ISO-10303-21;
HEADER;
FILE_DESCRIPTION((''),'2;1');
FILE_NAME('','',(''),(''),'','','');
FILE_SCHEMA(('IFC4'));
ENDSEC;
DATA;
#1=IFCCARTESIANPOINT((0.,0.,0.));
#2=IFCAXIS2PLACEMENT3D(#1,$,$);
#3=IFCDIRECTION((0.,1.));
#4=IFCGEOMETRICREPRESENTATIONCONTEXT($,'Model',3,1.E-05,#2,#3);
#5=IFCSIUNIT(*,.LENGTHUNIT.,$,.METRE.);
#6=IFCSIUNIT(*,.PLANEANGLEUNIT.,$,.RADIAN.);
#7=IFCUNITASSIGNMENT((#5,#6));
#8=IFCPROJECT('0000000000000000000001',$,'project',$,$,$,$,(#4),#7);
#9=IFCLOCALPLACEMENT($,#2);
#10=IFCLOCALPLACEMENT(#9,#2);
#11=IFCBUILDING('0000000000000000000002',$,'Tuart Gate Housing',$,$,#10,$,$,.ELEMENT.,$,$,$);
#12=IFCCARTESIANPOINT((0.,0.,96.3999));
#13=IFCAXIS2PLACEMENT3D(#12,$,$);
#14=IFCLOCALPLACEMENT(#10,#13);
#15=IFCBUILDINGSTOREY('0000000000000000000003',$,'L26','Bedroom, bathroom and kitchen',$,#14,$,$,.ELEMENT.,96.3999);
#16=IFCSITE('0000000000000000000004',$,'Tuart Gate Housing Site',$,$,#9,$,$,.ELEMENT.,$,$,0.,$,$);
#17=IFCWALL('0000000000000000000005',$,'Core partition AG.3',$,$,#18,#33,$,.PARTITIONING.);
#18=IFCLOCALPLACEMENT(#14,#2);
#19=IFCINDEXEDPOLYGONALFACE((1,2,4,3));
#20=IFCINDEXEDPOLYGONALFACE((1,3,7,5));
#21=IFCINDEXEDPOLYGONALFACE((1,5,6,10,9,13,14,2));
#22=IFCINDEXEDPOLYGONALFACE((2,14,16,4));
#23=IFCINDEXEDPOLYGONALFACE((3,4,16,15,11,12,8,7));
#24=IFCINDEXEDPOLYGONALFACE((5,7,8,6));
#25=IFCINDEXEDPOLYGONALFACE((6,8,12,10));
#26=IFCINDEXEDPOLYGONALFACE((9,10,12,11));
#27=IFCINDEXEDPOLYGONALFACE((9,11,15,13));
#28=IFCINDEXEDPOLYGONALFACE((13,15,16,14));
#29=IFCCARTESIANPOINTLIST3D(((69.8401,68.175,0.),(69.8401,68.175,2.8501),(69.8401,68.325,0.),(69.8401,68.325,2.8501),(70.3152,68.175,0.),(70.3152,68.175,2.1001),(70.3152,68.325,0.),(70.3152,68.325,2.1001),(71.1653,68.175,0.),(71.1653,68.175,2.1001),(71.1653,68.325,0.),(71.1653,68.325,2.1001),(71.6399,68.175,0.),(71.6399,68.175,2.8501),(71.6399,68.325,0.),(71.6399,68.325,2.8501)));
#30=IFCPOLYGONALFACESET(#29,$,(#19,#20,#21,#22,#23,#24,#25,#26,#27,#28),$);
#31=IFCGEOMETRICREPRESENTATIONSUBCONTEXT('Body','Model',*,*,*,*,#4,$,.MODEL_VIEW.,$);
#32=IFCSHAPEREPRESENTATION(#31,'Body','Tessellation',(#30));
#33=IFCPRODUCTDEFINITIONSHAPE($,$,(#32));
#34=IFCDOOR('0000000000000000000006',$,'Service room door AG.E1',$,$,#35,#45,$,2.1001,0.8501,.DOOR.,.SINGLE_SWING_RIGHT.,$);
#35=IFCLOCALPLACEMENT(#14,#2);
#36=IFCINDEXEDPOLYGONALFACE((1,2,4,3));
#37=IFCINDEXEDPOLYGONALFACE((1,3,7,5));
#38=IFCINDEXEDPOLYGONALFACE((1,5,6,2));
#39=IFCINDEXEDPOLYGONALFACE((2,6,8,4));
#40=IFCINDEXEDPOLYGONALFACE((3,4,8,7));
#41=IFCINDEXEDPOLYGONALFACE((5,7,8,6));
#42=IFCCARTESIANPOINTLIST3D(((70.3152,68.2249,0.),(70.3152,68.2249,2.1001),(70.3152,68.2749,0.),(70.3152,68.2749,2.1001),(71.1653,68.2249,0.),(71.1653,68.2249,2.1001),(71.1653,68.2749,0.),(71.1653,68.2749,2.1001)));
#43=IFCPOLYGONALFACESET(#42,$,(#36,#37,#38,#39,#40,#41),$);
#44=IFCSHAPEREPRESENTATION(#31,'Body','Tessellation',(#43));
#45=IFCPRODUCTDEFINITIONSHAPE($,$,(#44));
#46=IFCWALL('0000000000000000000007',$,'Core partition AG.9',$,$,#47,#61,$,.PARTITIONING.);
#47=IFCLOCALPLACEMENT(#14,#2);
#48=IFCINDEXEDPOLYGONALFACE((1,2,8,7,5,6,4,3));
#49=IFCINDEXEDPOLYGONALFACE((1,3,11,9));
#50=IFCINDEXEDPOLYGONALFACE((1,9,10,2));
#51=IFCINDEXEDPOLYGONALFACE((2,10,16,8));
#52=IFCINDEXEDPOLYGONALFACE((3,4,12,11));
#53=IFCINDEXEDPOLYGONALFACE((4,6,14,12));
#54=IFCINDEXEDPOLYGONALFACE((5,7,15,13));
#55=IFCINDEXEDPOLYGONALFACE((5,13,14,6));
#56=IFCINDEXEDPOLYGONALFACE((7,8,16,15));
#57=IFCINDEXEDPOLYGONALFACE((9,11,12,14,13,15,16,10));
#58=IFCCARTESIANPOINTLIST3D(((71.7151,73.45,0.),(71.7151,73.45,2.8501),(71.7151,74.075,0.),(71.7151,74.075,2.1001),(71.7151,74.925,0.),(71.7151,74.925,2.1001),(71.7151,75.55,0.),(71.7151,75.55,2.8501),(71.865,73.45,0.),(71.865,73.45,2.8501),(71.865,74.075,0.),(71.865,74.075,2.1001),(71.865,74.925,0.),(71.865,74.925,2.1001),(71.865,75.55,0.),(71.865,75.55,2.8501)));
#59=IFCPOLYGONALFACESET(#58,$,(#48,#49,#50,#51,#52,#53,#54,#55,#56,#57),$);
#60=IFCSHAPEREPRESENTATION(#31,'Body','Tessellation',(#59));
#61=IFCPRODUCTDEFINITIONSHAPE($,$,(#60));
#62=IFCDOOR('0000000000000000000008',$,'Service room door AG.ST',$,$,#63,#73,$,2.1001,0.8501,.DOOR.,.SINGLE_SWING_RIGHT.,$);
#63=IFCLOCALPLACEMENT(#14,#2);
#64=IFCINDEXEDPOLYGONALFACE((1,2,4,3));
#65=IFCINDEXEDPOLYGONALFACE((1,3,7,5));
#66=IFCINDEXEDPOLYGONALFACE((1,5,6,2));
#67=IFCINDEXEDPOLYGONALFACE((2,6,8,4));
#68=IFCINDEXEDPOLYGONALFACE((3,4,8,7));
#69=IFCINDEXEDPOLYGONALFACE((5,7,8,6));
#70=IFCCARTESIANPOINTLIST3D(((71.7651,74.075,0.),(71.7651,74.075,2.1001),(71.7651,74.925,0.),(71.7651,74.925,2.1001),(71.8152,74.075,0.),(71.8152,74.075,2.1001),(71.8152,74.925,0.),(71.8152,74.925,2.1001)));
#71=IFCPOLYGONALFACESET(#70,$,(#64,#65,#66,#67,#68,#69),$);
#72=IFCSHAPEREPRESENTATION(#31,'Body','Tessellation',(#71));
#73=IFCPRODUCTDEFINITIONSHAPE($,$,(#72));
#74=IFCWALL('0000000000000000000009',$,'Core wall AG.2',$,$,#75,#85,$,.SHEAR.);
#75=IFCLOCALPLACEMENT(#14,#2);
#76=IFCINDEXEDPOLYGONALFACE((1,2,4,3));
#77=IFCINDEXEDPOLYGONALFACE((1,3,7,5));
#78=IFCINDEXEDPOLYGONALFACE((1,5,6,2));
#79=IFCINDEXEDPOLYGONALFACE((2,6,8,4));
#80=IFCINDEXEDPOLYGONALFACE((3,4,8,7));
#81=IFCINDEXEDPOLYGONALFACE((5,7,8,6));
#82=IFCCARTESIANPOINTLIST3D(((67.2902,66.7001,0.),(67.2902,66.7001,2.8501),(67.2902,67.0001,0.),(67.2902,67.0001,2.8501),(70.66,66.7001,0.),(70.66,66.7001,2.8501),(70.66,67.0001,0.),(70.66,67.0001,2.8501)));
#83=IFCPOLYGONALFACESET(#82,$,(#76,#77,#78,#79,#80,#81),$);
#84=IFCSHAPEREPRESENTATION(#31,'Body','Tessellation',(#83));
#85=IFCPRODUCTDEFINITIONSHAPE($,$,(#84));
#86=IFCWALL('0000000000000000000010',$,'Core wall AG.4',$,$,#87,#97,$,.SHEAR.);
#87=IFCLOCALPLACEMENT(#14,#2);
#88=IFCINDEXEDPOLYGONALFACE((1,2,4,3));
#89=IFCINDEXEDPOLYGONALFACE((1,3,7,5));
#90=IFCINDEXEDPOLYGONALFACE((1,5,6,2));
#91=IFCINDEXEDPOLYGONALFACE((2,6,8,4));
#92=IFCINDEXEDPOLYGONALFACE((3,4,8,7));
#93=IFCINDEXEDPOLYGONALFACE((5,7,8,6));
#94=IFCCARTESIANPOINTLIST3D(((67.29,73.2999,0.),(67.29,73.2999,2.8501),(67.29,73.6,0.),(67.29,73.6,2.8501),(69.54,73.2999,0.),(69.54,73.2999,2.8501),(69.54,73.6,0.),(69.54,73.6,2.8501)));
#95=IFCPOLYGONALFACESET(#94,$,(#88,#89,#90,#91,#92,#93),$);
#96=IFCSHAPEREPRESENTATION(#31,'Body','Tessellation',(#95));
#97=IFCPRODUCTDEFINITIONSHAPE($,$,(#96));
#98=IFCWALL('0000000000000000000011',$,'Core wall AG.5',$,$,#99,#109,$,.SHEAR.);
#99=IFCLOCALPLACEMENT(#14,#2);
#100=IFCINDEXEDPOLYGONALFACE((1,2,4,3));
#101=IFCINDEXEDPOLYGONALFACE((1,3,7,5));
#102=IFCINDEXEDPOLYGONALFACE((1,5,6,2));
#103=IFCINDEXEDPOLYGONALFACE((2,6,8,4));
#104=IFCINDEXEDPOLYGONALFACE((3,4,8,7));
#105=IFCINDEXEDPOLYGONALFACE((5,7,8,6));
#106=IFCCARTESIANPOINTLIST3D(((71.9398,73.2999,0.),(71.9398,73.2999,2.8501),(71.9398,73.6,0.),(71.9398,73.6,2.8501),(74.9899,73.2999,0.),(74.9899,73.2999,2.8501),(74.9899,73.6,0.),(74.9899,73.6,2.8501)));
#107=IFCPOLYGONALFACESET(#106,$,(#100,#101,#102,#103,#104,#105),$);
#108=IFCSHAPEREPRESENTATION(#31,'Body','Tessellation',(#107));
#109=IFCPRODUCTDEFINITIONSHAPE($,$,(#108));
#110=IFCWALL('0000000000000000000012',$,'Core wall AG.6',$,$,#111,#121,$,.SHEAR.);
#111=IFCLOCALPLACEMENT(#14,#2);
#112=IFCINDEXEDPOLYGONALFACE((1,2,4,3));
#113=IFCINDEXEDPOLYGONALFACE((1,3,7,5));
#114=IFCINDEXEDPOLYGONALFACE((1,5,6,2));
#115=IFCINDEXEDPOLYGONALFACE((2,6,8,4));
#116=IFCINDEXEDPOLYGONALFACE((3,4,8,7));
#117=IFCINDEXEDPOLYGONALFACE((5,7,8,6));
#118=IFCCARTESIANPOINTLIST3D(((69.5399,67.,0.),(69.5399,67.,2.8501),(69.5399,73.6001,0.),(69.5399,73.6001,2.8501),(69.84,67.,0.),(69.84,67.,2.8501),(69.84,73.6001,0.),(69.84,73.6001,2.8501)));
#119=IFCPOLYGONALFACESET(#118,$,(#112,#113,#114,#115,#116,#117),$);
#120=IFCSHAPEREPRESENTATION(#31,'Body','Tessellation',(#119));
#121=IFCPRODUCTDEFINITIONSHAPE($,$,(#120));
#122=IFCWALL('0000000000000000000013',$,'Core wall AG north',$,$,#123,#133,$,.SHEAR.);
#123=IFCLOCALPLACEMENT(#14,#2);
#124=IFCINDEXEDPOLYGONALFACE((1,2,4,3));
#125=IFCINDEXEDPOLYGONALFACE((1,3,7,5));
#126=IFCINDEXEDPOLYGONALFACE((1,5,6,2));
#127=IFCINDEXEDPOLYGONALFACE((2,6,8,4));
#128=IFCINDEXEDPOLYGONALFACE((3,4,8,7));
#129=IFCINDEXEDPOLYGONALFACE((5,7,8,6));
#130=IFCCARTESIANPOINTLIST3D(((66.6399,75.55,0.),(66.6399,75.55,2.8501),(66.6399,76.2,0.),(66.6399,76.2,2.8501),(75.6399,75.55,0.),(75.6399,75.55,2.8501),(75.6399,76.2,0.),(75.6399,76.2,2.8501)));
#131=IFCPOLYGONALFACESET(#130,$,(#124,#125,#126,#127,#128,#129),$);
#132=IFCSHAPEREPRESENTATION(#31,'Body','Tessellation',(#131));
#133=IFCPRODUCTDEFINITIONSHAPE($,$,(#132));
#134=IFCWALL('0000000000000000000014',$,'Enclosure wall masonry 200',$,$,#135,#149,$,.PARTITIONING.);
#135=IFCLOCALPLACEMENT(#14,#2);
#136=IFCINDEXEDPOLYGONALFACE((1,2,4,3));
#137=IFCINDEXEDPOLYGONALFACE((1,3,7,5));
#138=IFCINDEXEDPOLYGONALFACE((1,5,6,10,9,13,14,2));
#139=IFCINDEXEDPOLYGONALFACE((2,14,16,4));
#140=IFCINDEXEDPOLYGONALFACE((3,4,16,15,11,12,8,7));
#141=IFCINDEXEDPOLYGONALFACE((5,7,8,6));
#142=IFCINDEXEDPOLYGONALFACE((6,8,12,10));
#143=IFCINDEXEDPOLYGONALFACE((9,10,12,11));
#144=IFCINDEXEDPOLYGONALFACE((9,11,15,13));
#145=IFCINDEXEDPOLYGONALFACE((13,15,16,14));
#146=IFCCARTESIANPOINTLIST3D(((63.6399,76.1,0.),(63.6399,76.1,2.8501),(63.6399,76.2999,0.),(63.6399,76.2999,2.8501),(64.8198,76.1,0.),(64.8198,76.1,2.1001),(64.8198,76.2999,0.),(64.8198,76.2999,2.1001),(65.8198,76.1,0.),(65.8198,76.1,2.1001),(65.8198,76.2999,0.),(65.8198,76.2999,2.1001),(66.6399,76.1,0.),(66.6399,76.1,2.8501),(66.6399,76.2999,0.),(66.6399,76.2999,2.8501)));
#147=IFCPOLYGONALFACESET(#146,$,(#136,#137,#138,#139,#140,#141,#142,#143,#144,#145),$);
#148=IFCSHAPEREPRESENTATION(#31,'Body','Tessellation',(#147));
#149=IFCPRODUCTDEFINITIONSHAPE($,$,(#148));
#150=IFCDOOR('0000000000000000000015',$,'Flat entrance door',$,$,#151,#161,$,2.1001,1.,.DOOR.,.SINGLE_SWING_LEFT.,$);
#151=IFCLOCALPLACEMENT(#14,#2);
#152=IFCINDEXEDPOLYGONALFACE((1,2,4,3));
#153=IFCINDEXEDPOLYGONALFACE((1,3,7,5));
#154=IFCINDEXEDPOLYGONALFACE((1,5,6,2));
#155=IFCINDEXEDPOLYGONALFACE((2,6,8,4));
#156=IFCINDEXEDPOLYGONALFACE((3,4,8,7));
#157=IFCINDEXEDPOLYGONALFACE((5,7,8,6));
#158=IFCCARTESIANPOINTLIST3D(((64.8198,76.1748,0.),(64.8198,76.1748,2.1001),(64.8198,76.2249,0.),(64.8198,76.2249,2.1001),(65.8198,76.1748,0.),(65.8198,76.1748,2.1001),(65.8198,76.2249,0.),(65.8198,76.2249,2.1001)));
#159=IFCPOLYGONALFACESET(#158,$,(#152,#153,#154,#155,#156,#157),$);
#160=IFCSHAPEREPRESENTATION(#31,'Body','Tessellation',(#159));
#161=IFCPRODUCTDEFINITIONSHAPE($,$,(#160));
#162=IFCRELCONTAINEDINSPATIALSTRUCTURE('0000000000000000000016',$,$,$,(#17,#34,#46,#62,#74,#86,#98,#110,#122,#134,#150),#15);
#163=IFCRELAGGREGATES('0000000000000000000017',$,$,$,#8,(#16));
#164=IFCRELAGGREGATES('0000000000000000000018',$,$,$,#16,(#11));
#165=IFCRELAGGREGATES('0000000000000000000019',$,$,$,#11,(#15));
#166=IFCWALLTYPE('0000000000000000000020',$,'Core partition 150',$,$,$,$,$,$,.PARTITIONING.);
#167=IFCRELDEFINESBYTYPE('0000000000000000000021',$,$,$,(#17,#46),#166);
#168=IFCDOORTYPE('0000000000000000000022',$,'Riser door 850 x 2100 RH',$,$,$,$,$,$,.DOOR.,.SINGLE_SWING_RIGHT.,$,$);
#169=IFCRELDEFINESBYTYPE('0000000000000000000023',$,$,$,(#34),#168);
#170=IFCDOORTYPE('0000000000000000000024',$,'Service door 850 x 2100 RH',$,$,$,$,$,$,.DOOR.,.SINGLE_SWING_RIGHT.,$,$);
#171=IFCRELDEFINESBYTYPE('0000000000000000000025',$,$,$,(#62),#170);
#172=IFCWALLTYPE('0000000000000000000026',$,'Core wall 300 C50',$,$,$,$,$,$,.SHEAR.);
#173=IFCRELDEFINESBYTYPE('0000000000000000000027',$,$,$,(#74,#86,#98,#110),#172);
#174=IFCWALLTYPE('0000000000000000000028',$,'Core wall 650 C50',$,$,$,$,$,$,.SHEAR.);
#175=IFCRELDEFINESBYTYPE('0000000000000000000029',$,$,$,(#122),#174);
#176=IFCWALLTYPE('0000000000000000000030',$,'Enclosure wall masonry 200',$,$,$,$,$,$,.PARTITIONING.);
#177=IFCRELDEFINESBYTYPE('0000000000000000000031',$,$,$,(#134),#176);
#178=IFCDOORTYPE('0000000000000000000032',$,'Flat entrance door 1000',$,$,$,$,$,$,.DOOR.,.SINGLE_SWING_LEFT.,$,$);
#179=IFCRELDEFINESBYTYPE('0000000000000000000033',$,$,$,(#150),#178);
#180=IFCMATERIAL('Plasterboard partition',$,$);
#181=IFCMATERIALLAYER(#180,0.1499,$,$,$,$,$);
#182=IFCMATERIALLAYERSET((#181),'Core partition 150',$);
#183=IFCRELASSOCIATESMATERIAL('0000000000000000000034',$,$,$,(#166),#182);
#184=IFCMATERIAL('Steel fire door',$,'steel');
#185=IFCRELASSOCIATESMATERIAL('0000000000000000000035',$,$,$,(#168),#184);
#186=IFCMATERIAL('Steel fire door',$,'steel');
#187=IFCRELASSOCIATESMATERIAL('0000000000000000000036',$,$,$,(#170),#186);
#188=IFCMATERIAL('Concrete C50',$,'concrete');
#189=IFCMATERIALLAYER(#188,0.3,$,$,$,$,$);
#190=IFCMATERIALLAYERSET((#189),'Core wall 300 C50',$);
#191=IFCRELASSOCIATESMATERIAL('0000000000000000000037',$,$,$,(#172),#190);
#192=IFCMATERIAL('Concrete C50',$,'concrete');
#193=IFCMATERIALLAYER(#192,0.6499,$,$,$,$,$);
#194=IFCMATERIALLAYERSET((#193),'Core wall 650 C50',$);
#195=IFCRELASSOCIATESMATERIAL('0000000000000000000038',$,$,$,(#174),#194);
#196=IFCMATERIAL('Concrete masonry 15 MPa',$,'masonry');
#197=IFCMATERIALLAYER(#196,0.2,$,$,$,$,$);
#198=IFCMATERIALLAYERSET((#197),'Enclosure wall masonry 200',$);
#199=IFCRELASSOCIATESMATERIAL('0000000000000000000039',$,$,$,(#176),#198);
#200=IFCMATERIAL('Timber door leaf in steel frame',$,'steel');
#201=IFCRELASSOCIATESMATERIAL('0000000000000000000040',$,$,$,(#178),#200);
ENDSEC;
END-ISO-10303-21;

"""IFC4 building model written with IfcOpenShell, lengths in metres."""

from ifc_helpers import new_model, si_unit, direction, frame, frame_2d, origin, place, context, subcontext, project, spatial, rectangle, extrude, material, layer, layer_set, type_object, element, fill, save


model = new_model("IFC4")

# Units and contexts
model_context = context("Model", 3, precision=1e-05, world=origin(), true_north=direction((0.0, 1.0)))
body_context = subcontext(model_context, "Body", "Model", "MODEL_VIEW")
ifc_project = project(units=[si_unit("LENGTHUNIT", "METRE"), si_unit("PLANEANGLEUNIT", "RADIAN")], contexts=[model_context])

# Site, building, storey
site_placement = place(None, origin())
site = spatial("IfcSite", under=ifc_project, at=site_placement, Name="Tuart Gate Housing Site", CompositionType="ELEMENT", RefElevation=0.0)
building_placement = place(site_placement, origin())
building = spatial("IfcBuilding", under=site, at=building_placement, Name="Tuart Gate Housing", CompositionType="ELEMENT")
storey_placement = place(building_placement, frame((0.0, 0.0, 96.3999)))
storey = spatial("IfcBuildingStorey", under=building, at=storey_placement, Name="L26", Description="Bedroom, bathroom and kitchen", CompositionType="ELEMENT", Elevation=96.3999)

# Walls, openings, doors
ifc_material_1 = material(Name="Plasterboard partition")
ifc_layer_1 = layer(ifc_material_1, 0.1499)
ifc_layer_set_1 = layer_set([ifc_layer_1], Name="Core partition 150")
wall_type_1 = type_object("IfcWallType", Name="Core partition 150", PredefinedType="PARTITIONING", material=ifc_layer_set_1)
wall_1_placement = place(storey_placement, frame((69.8401, 68.25, 0.0), z_axis=(0.0, 0.0, 1.0), x_axis=(1.0, 0.0, 0.0)))
wall_1 = element("IfcWall", 1, at=wall_1_placement, inside=storey, type_object=wall_type_1, Name="Core partition AG.3", PredefinedType="PARTITIONING", context=body_context, shape_type="SweptSolid", body=[
    extrude(rectangle(XDim=1.7998, YDim=0.1499, at=frame_2d((0.8999, 0.0))), origin(), (0.0, 0.0, 1.0), 2.8501),
])
opening_1_placement = place(wall_1_placement, frame((0.4751, 0.0, 0.0)))
opening_1 = element("IfcOpeningElement", 2, at=opening_1_placement, cuts=wall_1, PredefinedType="OPENING", context=body_context, shape_type="SweptSolid", body=[
    extrude(rectangle(XDim=0.8501, YDim=2.1001, at=frame_2d((0.425, 1.05))), frame((0.0, 0.085, 0.0), z_axis=(0.0, -1.0, 0.0), x_axis=(1.0, 0.0, 0.0)), (0.0, 0.0, 1.0), 0.1699),
])
ifc_material_2 = material(Name="Steel fire door", Category="steel")
door_type_1 = type_object("IfcDoorType", Name="Riser door 850 x 2100 RH", OperationType="SINGLE_SWING_RIGHT", PredefinedType="DOOR", material=ifc_material_2)
door_1_placement = place(opening_1_placement, frame((0.8501, 0.0, 0.0), z_axis=(0.0, 0.0, 1.0), x_axis=(-1.0, 0.0, 0.0)))
door_1 = element("IfcDoor", 3, at=door_1_placement, inside=storey, type_object=door_type_1, Name="Service room door AG.E1", OperationType="SINGLE_SWING_RIGHT", OverallHeight=2.1001, OverallWidth=0.8501, PredefinedType="DOOR", context=body_context, shape_type="SweptSolid", body=[
    extrude(rectangle(XDim=0.8501, YDim=2.1001, at=frame_2d((0.425, 1.05))), frame((0.0, 0.0251, 0.0), z_axis=(0.0, -1.0, 0.0), x_axis=(1.0, 0.0, 0.0)), (0.0, 0.0, 1.0), 0.05),
])
fill(opening_1, door_1)
wall_2_placement = place(storey_placement, frame((71.79, 73.45, 0.0), z_axis=(0.0, 0.0, 1.0), x_axis=(0.0, 1.0, 0.0)))
wall_2 = element("IfcWall", 4, at=wall_2_placement, inside=storey, type_object=wall_type_1, Name="Core partition AG.9", PredefinedType="PARTITIONING", context=body_context, shape_type="SweptSolid", body=[
    extrude(rectangle(XDim=2.1001, YDim=0.1499, at=frame_2d((1.05, 0.0))), origin(), (0.0, 0.0, 1.0), 2.8501),
])
opening_2_placement = place(wall_2_placement, frame((0.625, 0.0, 0.0)))
opening_2 = element("IfcOpeningElement", 5, at=opening_2_placement, cuts=wall_2, PredefinedType="OPENING", context=body_context, shape_type="SweptSolid", body=[
    extrude(rectangle(XDim=0.8501, YDim=2.1001, at=frame_2d((0.425, 1.05))), frame((0.0, 0.085, 0.0), z_axis=(0.0, -1.0, 0.0), x_axis=(1.0, 0.0, 0.0)), (0.0, 0.0, 1.0), 0.1699),
])
ifc_material_3 = material(Name="Steel fire door", Category="steel")
door_type_2 = type_object("IfcDoorType", Name="Service door 850 x 2100 RH", OperationType="SINGLE_SWING_RIGHT", PredefinedType="DOOR", material=ifc_material_3)
door_2_placement = place(opening_2_placement, frame((0.8501, 0.0, 0.0), z_axis=(0.0, 0.0, 1.0), x_axis=(-1.0, 0.0, 0.0)))
door_2 = element("IfcDoor", 6, at=door_2_placement, inside=storey, type_object=door_type_2, Name="Service room door AG.ST", OperationType="SINGLE_SWING_RIGHT", OverallHeight=2.1001, OverallWidth=0.8501, PredefinedType="DOOR", context=body_context, shape_type="SweptSolid", body=[
    extrude(rectangle(XDim=0.8501, YDim=2.1001, at=frame_2d((0.425, 1.05))), frame((0.0, 0.0251, 0.0), z_axis=(0.0, -1.0, 0.0), x_axis=(1.0, 0.0, 0.0)), (0.0, 0.0, 1.0), 0.05),
])
fill(opening_2, door_2)

# Walls
ifc_material_4 = material(Name="Concrete C50", Category="concrete")
ifc_layer_2 = layer(ifc_material_4, 0.3)
ifc_layer_set_2 = layer_set([ifc_layer_2], Name="Core wall 300 C50")
wall_type_2 = type_object("IfcWallType", Name="Core wall 300 C50", PredefinedType="SHEAR", material=ifc_layer_set_2)
wall_3_placement = place(storey_placement, frame((67.29, 66.8501, 0.0), z_axis=(0.0, 0.0, 1.0), x_axis=(1.0, 0.0, 0.0)))
element("IfcWall", 7, at=wall_3_placement, inside=storey, type_object=wall_type_2, Name="Core wall AG.2", PredefinedType="SHEAR", context=body_context, shape_type="SweptSolid", body=[
    extrude(rectangle(XDim=3.3699, YDim=0.3, at=frame_2d((1.6851, 0.0))), origin(), (0.0, 0.0, 1.0), 2.8501),
])
wall_4_placement = place(storey_placement, frame((67.29, 73.45, 0.0), z_axis=(0.0, 0.0, 1.0), x_axis=(1.0, 0.0, 0.0)))
element("IfcWall", 8, at=wall_4_placement, inside=storey, type_object=wall_type_2, Name="Core wall AG.4", PredefinedType="SHEAR", context=body_context, shape_type="SweptSolid", body=[
    extrude(rectangle(XDim=2.25, YDim=0.3, at=frame_2d((1.125, 0.0))), origin(), (0.0, 0.0, 1.0), 2.8501),
])
wall_5_placement = place(storey_placement, frame((71.9399, 73.45, 0.0), z_axis=(0.0, 0.0, 1.0), x_axis=(1.0, 0.0, 0.0)))
element("IfcWall", 9, at=wall_5_placement, inside=storey, type_object=wall_type_2, Name="Core wall AG.5", PredefinedType="SHEAR", context=body_context, shape_type="SweptSolid", body=[
    extrude(rectangle(XDim=3.05, YDim=0.3, at=frame_2d((1.5249, 0.0))), origin(), (0.0, 0.0, 1.0), 2.8501),
])
wall_6_placement = place(storey_placement, frame((69.6899, 67.0, 0.0), z_axis=(0.0, 0.0, 1.0), x_axis=(0.0, 1.0, 0.0)))
element("IfcWall", 10, at=wall_6_placement, inside=storey, type_object=wall_type_2, Name="Core wall AG.6", PredefinedType="SHEAR", context=body_context, shape_type="SweptSolid", body=[
    extrude(rectangle(XDim=6.6001, YDim=0.3, at=frame_2d((3.3, 0.0))), origin(), (0.0, 0.0, 1.0), 2.8501),
])
ifc_material_5 = material(Name="Concrete C50", Category="concrete")
ifc_layer_3 = layer(ifc_material_5, 0.6499)
ifc_layer_set_3 = layer_set([ifc_layer_3], Name="Core wall 650 C50")
wall_type_3 = type_object("IfcWallType", Name="Core wall 650 C50", PredefinedType="SHEAR", material=ifc_layer_set_3)
wall_7_placement = place(storey_placement, frame((66.6399, 75.875, 0.0), z_axis=(0.0, 0.0, 1.0), x_axis=(1.0, 0.0, 0.0)))
element("IfcWall", 11, at=wall_7_placement, inside=storey, type_object=wall_type_3, Name="Core wall AG north", PredefinedType="SHEAR", context=body_context, shape_type="SweptSolid", body=[
    extrude(rectangle(XDim=9.0, YDim=0.6499, at=frame_2d((4.5, 0.0))), origin(), (0.0, 0.0, 1.0), 2.8501),
])

# Wall, opening, door
ifc_material_6 = material(Name="Concrete masonry 15 MPa", Category="masonry")
ifc_layer_4 = layer(ifc_material_6, 0.2)
ifc_layer_set_4 = layer_set([ifc_layer_4], Name="Enclosure wall masonry 200")
wall_type_4 = type_object("IfcWallType", Name="Enclosure wall masonry 200", PredefinedType="PARTITIONING", material=ifc_layer_set_4)
wall_8_placement = place(storey_placement, frame((63.6399, 76.2, 0.0), z_axis=(0.0, 0.0, 1.0), x_axis=(1.0, 0.0, 0.0)))
wall_8 = element("IfcWall", 12, at=wall_8_placement, inside=storey, type_object=wall_type_4, Name="Enclosure wall masonry 200", PredefinedType="PARTITIONING", context=body_context, shape_type="SweptSolid", body=[
    extrude(rectangle(XDim=3.0, YDim=0.2, at=frame_2d((1.5, 0.0))), origin(), (0.0, 0.0, 1.0), 2.8501),
])
opening_3_placement = place(wall_8_placement, frame((1.1799, 0.0, 0.0)))
opening_3 = element("IfcOpeningElement", 13, at=opening_3_placement, cuts=wall_8, PredefinedType="OPENING", context=body_context, shape_type="SweptSolid", body=[
    extrude(rectangle(XDim=1.0, YDim=2.1001, at=frame_2d((0.5, 1.05))), frame((0.0, 0.1099, 0.0), z_axis=(0.0, -1.0, 0.0), x_axis=(1.0, 0.0, 0.0)), (0.0, 0.0, 1.0), 0.22),
])
ifc_material_7 = material(Name="Timber door leaf in steel frame", Category="steel")
door_type_3 = type_object("IfcDoorType", Name="Flat entrance door 1000", OperationType="SINGLE_SWING_LEFT", PredefinedType="DOOR", material=ifc_material_7)
door_3_placement = place(opening_3_placement, origin())
door_3 = element("IfcDoor", 14, at=door_3_placement, inside=storey, type_object=door_type_3, Name="Flat entrance door", OperationType="SINGLE_SWING_LEFT", OverallHeight=2.1001, OverallWidth=1.0, PredefinedType="DOOR", context=body_context, shape_type="SweptSolid", body=[
    extrude(rectangle(XDim=1.0, YDim=2.1001, at=frame_2d((0.5, 1.05))), frame((0.0, 0.0249, 0.0), z_axis=(0.0, -1.0, 0.0), x_axis=(1.0, 0.0, 0.0)), (0.0, 0.0, 1.0), 0.05),
])
fill(opening_3, door_3)

save(model, "model.ifc")
